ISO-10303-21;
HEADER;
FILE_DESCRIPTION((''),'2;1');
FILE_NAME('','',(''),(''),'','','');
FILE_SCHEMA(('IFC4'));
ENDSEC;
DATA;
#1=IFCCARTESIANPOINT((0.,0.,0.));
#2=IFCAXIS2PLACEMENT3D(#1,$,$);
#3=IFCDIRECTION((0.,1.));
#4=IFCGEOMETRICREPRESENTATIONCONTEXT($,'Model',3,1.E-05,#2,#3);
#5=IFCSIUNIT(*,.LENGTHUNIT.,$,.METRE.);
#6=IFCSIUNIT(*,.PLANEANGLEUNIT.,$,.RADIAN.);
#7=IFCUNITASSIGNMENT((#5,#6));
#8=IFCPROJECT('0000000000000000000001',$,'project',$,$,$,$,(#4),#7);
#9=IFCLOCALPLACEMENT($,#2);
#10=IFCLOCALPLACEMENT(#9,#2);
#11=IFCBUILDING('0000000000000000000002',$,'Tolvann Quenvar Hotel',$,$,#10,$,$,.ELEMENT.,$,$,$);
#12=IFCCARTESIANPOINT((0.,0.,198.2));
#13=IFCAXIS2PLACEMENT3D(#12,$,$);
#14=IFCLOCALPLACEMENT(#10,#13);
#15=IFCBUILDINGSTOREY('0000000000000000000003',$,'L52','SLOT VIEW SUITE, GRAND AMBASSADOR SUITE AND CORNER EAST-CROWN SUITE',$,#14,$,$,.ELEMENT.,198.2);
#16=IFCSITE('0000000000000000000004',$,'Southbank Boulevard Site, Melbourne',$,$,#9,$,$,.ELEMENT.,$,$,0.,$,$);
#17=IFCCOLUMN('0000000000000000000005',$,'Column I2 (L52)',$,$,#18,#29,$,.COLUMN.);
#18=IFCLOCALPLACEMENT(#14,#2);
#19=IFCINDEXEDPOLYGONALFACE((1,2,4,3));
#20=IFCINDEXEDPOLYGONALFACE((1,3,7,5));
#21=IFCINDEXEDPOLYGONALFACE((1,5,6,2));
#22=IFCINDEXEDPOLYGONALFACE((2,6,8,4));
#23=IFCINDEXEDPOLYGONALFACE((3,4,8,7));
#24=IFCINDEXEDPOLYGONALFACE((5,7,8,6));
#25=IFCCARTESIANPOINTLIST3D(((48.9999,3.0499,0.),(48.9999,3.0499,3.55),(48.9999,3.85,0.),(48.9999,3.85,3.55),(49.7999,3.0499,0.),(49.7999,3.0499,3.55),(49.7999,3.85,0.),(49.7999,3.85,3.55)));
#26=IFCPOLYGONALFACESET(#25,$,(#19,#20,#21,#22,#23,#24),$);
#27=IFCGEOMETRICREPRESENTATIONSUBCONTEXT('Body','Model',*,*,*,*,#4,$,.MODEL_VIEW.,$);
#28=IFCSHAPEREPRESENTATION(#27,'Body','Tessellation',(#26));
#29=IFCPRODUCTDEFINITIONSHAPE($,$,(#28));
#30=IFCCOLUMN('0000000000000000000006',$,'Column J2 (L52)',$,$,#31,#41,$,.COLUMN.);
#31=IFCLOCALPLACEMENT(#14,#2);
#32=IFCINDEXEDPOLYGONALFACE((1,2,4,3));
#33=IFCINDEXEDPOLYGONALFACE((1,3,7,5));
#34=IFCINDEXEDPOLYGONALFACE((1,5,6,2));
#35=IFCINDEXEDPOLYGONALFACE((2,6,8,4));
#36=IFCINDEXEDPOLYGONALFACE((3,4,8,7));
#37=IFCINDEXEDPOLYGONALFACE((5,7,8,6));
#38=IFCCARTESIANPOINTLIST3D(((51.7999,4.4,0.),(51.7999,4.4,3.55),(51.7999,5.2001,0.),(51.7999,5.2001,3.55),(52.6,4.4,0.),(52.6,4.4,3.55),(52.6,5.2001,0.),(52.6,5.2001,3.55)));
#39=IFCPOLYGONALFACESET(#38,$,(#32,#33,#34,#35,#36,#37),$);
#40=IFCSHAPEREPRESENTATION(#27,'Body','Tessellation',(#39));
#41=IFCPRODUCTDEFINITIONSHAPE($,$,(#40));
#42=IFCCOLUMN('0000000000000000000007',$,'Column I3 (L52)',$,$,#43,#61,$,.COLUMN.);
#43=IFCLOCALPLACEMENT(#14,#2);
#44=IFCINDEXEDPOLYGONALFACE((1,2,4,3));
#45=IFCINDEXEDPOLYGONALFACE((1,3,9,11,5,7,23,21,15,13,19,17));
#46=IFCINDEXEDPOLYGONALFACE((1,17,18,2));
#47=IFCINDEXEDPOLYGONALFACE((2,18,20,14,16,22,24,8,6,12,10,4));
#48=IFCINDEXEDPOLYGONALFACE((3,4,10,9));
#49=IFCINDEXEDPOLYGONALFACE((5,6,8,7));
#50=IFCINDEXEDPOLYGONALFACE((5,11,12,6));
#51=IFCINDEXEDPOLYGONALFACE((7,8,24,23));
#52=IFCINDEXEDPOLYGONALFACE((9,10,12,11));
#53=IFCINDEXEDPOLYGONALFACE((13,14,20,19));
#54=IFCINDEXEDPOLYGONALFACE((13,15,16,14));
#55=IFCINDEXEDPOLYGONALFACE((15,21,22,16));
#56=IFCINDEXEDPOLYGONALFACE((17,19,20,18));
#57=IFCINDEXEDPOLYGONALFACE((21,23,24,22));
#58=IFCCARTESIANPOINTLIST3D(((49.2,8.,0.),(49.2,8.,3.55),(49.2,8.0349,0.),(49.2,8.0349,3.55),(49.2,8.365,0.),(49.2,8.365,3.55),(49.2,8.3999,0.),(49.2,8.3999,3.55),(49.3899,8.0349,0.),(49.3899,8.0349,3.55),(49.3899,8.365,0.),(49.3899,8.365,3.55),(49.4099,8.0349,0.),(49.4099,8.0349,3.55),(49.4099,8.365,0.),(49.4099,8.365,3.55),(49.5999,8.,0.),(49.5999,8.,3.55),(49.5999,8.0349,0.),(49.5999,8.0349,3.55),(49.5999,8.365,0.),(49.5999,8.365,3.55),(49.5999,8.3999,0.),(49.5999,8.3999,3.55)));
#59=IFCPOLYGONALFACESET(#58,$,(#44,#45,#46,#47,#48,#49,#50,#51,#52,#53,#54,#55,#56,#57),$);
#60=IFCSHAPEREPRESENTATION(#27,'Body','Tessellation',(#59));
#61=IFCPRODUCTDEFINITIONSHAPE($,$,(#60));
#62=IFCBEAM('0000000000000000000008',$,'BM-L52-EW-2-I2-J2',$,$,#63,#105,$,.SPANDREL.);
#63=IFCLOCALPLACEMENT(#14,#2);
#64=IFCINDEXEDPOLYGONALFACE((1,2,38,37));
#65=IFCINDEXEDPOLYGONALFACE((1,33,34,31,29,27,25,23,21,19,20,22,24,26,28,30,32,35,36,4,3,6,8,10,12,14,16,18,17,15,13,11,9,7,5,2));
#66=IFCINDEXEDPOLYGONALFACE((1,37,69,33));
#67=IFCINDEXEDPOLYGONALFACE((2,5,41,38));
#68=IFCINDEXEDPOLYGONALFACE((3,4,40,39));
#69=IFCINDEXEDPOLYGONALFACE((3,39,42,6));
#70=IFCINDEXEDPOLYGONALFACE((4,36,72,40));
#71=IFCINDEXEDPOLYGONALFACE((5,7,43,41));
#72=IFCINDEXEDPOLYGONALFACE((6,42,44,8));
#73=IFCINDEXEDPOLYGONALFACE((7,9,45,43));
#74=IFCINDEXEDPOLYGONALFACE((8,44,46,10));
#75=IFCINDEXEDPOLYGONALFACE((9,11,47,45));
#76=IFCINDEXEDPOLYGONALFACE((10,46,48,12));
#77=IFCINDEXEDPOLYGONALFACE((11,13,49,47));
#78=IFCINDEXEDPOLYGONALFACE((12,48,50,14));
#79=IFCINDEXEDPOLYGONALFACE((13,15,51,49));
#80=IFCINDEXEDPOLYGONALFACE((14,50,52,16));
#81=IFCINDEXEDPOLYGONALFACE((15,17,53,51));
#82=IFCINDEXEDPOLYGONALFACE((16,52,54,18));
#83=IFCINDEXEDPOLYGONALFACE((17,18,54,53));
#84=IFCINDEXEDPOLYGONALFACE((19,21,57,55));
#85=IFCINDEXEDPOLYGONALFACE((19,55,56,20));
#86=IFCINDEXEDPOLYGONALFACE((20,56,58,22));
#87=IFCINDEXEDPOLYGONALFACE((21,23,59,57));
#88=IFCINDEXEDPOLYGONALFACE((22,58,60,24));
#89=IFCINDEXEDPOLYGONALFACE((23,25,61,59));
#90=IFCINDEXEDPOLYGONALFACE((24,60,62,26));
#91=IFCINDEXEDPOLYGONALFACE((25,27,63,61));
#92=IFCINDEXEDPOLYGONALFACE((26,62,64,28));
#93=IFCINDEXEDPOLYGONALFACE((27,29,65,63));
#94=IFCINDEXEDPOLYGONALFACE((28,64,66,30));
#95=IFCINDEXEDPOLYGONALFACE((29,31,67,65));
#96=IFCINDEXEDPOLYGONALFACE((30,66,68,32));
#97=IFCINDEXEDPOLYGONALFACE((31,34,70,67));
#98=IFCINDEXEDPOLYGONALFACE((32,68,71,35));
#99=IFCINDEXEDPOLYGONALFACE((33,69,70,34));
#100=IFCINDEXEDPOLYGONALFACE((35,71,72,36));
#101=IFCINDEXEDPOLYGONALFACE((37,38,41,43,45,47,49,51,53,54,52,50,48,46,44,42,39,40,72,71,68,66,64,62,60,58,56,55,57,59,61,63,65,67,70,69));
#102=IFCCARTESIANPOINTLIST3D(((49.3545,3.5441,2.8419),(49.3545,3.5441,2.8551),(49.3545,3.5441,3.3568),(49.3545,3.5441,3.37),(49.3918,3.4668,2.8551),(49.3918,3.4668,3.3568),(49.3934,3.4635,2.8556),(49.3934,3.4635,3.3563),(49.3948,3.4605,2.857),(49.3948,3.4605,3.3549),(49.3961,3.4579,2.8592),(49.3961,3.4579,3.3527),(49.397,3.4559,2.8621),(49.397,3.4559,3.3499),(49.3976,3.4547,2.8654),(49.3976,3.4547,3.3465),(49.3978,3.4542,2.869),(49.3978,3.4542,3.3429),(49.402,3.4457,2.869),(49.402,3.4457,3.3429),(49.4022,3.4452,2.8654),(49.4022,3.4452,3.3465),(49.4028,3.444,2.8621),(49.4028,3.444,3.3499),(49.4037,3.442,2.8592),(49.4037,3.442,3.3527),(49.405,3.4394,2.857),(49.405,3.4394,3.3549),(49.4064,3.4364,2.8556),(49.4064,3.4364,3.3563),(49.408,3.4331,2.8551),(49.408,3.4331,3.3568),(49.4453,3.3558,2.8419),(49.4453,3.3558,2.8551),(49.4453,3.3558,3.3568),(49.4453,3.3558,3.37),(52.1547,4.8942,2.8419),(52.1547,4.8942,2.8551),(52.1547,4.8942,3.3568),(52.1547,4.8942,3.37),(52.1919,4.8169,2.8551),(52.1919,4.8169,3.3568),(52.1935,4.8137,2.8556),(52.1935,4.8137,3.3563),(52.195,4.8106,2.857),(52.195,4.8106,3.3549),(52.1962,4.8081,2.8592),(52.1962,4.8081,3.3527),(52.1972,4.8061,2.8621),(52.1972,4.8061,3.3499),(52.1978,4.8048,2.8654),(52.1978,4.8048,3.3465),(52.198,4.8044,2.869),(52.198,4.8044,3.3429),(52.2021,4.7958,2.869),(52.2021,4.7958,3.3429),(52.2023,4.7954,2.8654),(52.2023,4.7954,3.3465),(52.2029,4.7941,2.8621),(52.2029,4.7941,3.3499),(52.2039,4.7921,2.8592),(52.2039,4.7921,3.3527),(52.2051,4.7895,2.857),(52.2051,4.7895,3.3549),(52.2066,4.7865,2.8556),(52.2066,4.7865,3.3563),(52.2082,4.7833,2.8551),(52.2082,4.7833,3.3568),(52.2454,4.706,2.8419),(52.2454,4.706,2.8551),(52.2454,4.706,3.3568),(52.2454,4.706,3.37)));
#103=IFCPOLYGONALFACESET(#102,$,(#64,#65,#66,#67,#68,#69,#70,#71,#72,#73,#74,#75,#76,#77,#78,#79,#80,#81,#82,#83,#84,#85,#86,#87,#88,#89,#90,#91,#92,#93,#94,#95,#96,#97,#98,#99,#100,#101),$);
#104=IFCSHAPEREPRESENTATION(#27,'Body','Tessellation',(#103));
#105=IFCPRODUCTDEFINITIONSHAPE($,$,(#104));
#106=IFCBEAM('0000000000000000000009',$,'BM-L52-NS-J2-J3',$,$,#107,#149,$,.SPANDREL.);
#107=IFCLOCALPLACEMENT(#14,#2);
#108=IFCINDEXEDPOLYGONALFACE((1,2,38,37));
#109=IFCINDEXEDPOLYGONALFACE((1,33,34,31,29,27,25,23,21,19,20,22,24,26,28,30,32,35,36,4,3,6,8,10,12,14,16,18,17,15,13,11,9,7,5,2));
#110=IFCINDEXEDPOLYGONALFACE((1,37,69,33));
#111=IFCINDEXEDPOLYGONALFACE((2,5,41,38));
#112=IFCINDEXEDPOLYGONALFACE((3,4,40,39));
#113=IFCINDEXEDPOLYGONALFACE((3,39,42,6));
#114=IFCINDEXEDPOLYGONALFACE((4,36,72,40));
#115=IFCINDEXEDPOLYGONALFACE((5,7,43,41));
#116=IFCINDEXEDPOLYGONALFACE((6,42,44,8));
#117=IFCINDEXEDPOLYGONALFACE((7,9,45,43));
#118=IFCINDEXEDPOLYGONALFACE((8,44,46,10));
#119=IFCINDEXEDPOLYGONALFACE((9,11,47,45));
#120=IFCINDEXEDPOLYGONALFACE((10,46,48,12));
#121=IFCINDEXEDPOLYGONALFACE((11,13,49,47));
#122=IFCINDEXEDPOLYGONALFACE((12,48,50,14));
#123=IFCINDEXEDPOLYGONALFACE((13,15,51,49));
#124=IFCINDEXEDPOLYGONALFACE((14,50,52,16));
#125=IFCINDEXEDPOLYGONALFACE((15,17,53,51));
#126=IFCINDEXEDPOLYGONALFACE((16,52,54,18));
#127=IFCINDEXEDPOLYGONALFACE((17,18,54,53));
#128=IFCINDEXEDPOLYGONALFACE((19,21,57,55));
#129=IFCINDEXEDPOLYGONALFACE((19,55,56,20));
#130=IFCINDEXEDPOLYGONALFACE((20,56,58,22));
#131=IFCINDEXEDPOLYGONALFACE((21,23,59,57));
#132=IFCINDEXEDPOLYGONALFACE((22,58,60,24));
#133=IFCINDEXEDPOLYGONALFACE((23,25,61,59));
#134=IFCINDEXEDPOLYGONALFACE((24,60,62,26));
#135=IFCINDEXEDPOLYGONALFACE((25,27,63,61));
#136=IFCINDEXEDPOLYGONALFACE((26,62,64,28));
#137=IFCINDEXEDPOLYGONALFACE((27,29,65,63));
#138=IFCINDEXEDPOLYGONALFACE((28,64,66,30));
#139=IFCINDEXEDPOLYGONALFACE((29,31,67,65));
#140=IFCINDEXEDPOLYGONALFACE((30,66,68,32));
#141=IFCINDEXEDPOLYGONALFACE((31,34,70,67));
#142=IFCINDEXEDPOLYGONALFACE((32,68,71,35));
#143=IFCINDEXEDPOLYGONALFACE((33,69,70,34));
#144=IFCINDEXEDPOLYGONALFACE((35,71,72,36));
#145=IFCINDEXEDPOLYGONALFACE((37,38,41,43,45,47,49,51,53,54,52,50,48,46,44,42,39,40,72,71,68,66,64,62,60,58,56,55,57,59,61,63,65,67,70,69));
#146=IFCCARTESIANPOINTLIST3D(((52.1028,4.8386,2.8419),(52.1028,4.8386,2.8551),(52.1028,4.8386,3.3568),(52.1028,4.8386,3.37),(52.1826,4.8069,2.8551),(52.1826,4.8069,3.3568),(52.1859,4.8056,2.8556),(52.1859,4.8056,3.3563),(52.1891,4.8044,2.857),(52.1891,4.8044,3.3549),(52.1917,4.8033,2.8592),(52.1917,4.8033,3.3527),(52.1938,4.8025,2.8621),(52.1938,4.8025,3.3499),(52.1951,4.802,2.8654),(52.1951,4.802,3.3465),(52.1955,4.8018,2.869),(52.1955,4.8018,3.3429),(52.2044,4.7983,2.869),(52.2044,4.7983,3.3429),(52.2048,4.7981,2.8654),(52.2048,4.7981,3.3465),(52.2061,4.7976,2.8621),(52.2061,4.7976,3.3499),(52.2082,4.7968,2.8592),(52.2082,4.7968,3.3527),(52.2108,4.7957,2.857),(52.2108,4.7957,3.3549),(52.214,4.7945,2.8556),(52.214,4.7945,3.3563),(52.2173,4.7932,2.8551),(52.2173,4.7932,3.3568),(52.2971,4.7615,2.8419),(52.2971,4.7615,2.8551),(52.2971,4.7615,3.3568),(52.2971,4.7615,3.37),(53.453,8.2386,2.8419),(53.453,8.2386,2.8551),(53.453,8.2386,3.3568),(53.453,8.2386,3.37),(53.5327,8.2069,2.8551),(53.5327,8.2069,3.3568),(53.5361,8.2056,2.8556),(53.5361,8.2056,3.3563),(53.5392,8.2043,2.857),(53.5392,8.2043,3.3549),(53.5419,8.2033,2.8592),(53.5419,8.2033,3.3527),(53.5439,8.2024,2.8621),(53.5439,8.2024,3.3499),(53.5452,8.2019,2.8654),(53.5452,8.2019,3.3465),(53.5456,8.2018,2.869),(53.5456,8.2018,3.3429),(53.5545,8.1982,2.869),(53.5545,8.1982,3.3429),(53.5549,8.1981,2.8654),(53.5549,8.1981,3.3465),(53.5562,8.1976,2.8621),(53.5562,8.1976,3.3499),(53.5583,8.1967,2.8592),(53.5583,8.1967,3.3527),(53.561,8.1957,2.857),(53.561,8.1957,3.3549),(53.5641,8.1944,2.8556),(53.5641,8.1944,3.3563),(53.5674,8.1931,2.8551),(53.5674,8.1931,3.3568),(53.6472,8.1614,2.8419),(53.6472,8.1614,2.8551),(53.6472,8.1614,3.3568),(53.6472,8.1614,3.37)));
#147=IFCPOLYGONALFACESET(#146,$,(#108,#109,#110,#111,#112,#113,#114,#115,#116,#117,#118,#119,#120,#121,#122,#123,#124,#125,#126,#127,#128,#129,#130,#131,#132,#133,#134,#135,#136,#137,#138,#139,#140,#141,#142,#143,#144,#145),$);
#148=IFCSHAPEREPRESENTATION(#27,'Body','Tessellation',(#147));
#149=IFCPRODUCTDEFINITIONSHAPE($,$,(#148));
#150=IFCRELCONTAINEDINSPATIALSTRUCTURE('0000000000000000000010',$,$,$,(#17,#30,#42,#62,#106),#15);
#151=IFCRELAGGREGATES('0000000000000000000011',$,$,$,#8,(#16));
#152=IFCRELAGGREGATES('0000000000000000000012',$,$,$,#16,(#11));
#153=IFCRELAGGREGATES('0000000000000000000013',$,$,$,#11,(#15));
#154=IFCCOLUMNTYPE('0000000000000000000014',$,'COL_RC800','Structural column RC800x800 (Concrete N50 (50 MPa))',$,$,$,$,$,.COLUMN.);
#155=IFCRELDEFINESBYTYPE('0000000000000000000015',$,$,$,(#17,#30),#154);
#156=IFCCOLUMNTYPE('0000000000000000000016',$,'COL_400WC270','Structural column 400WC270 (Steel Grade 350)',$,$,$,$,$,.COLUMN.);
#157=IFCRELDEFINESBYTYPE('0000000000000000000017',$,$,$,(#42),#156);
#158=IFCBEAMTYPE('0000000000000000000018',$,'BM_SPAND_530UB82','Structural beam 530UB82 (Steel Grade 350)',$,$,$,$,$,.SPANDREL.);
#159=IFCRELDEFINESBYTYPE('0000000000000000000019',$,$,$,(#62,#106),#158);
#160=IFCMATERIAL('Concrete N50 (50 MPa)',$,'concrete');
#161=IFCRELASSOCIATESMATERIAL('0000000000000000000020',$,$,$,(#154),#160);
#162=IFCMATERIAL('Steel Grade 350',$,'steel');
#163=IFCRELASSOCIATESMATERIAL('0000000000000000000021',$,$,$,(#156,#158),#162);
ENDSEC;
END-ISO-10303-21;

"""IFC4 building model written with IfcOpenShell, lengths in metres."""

from ifc_helpers import new_model, si_unit, direction, frame, origin, origin_2d, place, context, subcontext, project, spatial, rectangle, i_section, extrude, source, transform, mapped, material, material_profile, profile_set, type_object, type_shapes, element, save


model = new_model("IFC4")

# Units and contexts
model_context = context("Model", 3, precision=1e-05, world=origin(), true_north=direction((0.0, 1.0)))
body_context = subcontext(model_context, "Body", "Model", "MODEL_VIEW")
ifc_project = project(units=[si_unit("LENGTHUNIT", "METRE"), si_unit("PLANEANGLEUNIT", "RADIAN")], contexts=[model_context])

# Site, building, storey
site_placement = place(None, origin())
site = spatial("IfcSite", under=ifc_project, at=site_placement, Name="Southbank Boulevard Site, Melbourne", CompositionType="ELEMENT", RefElevation=0.0)
building_placement = place(site_placement, origin())
building = spatial("IfcBuilding", under=site, at=building_placement, Name="Tolvann Quenvar Hotel", CompositionType="ELEMENT")
storey_placement = place(building_placement, frame((0.0, 0.0, 198.2)))
storey = spatial("IfcBuildingStorey", under=building, at=storey_placement, Name="L52", Description="SLOT VIEW SUITE, GRAND AMBASSADOR SUITE AND CORNER EAST-CROWN SUITE", CompositionType="ELEMENT", Elevation=198.2)

# Columns
ifc_material_1 = material(Name="Concrete N50 (50 MPa)", Category="concrete")
ifc_material_profile_1 = material_profile(ifc_material_1, rectangle(XDim=0.8, YDim=0.8, at=origin_2d()), Name="RC800x800")
ifc_profile_set_1 = profile_set([ifc_material_profile_1], Name="Concrete N50 (50 MPa)")
column_type_1 = type_object("IfcColumnType", Name="COL_RC800", Description="Structural column RC800x800 (Concrete N50 (50 MPa))", PredefinedType="COLUMN", material=ifc_profile_set_1)
shared_shape_1 = source(origin(), body_context, "Body", "SweptSolid", [
    extrude(rectangle(XDim=0.8, YDim=0.8, at=origin_2d()), origin(), (0.0, 0.0, 1.0), 3.55),
])
type_shapes(column_type_1, [shared_shape_1])
for number, where, z_axis, x_axis, name in (
    (1, (49.3999, 3.45, 0.0), (0.0, 0.0, 1.0), (1.0, 0.0, 0.0), "Column I2 (L52)"),
    (2, (52.2, 4.8, 0.0), (0.0, 0.0, 1.0), (1.0, 0.0, 0.0), "Column J2 (L52)"),
):
    element("IfcColumn", number, at=place(storey_placement, frame(where, z_axis=z_axis, x_axis=x_axis)), inside=storey, type_object=column_type_1, Name=name, PredefinedType="COLUMN", context=body_context, shape_type="MappedRepresentation", body=[
        mapped(shared_shape_1, transform((0.0, 0.0, 0.0), x_axis=(1.0, 0.0, 0.0), y_axis=(0.0, 1.0, 0.0), z_axis=(0.0, 0.0, 1.0), scale=1.0)),
    ])
ifc_material_2 = material(Name="Steel Grade 350", Category="steel")
ifc_material_profile_2 = material_profile(ifc_material_2, i_section(OverallWidth=0.3999, OverallDepth=0.3999, WebThickness=0.02, FlangeThickness=0.0349, at=origin_2d()), Name="400WC270")
ifc_profile_set_2 = profile_set([ifc_material_profile_2], Name="Steel Grade 350")
column_type_2 = type_object("IfcColumnType", Name="COL_400WC270", Description="Structural column 400WC270 (Steel Grade 350)", PredefinedType="COLUMN", material=ifc_profile_set_2)
shared_shape_2 = source(origin(), body_context, "Body", "SweptSolid", [
    extrude(i_section(OverallWidth=0.3999, OverallDepth=0.3999, WebThickness=0.02, FlangeThickness=0.0349, at=origin_2d()), origin(), (0.0, 0.0, 1.0), 3.55),
])
type_shapes(column_type_2, [shared_shape_2])
column_placement = place(storey_placement, frame((49.3999, 8.2, 0.0), z_axis=(0.0, 0.0, 1.0), x_axis=(1.0, 0.0, 0.0)))
element("IfcColumn", 3, at=column_placement, inside=storey, type_object=column_type_2, Name="Column I3 (L52)", PredefinedType="COLUMN", context=body_context, shape_type="MappedRepresentation", body=[
    mapped(shared_shape_2, transform((0.0, 0.0, 0.0), x_axis=(1.0, 0.0, 0.0), y_axis=(0.0, 1.0, 0.0), z_axis=(0.0, 0.0, 1.0), scale=1.0)),
])

# Beams
ifc_material_profile_3 = material_profile(ifc_material_2, i_section(OverallWidth=0.209, OverallDepth=0.5281, WebThickness=0.0095, FlangeThickness=0.0132, FilletRadius=0.0139, at=origin_2d()), Name="530UB82")
ifc_profile_set_3 = profile_set([ifc_material_profile_3], Name="Steel Grade 350")
beam_type_1 = type_object("IfcBeamType", Name="BM_SPAND_530UB82", Description="Structural beam 530UB82 (Steel Grade 350)", PredefinedType="SPANDREL", material=ifc_profile_set_3)
shared_shape_3 = source(origin(), body_context, "Body", "SweptSolid", [
    extrude(i_section(OverallWidth=0.209, OverallDepth=0.5281, WebThickness=0.0095, FlangeThickness=0.0132, FilletRadius=0.0139, at=origin_2d()), origin(), (0.0, 0.0, 1.0), 3.1086),
])
beam_1_placement = place(storey_placement, frame((49.3999, 3.45, 3.106), z_axis=(0.900759, 0.434319, 0.0), x_axis=(-0.434319, 0.900759, 0.0)))
element("IfcBeam", 4, at=beam_1_placement, inside=storey, type_object=beam_type_1, Name="BM-L52-EW-2-I2-J2", PredefinedType="SPANDREL", context=body_context, shape_type="MappedRepresentation", body=[
    mapped(shared_shape_3, transform((0.0, 0.0, 0.0), x_axis=(1.0, 0.0, 0.0), y_axis=(0.0, 1.0, 0.0), z_axis=(0.0, 0.0, 1.0), scale=1.0)),
])
shared_shape_4 = source(origin(), body_context, "Body", "SweptSolid", [
    extrude(i_section(OverallWidth=0.209, OverallDepth=0.5281, WebThickness=0.0095, FlangeThickness=0.0132, FilletRadius=0.0139, at=origin_2d()), origin(), (0.0, 0.0, 1.0), 3.6582),
])
type_shapes(beam_type_1, [shared_shape_3, shared_shape_4])
beam_2_placement = place(storey_placement, frame((52.2, 4.8, 3.106), z_axis=(0.369065, 0.929404, 0.0), x_axis=(-0.929404, 0.369065, 0.0)))
element("IfcBeam", 5, at=beam_2_placement, inside=storey, type_object=beam_type_1, Name="BM-L52-NS-J2-J3", PredefinedType="SPANDREL", context=body_context, shape_type="MappedRepresentation", body=[
    mapped(shared_shape_4, transform((0.0, 0.0, 0.0), x_axis=(1.0, 0.0, 0.0), y_axis=(0.0, 1.0, 0.0), z_axis=(0.0, 0.0, 1.0), scale=1.0)),
])

save(model, "model.ifc")
